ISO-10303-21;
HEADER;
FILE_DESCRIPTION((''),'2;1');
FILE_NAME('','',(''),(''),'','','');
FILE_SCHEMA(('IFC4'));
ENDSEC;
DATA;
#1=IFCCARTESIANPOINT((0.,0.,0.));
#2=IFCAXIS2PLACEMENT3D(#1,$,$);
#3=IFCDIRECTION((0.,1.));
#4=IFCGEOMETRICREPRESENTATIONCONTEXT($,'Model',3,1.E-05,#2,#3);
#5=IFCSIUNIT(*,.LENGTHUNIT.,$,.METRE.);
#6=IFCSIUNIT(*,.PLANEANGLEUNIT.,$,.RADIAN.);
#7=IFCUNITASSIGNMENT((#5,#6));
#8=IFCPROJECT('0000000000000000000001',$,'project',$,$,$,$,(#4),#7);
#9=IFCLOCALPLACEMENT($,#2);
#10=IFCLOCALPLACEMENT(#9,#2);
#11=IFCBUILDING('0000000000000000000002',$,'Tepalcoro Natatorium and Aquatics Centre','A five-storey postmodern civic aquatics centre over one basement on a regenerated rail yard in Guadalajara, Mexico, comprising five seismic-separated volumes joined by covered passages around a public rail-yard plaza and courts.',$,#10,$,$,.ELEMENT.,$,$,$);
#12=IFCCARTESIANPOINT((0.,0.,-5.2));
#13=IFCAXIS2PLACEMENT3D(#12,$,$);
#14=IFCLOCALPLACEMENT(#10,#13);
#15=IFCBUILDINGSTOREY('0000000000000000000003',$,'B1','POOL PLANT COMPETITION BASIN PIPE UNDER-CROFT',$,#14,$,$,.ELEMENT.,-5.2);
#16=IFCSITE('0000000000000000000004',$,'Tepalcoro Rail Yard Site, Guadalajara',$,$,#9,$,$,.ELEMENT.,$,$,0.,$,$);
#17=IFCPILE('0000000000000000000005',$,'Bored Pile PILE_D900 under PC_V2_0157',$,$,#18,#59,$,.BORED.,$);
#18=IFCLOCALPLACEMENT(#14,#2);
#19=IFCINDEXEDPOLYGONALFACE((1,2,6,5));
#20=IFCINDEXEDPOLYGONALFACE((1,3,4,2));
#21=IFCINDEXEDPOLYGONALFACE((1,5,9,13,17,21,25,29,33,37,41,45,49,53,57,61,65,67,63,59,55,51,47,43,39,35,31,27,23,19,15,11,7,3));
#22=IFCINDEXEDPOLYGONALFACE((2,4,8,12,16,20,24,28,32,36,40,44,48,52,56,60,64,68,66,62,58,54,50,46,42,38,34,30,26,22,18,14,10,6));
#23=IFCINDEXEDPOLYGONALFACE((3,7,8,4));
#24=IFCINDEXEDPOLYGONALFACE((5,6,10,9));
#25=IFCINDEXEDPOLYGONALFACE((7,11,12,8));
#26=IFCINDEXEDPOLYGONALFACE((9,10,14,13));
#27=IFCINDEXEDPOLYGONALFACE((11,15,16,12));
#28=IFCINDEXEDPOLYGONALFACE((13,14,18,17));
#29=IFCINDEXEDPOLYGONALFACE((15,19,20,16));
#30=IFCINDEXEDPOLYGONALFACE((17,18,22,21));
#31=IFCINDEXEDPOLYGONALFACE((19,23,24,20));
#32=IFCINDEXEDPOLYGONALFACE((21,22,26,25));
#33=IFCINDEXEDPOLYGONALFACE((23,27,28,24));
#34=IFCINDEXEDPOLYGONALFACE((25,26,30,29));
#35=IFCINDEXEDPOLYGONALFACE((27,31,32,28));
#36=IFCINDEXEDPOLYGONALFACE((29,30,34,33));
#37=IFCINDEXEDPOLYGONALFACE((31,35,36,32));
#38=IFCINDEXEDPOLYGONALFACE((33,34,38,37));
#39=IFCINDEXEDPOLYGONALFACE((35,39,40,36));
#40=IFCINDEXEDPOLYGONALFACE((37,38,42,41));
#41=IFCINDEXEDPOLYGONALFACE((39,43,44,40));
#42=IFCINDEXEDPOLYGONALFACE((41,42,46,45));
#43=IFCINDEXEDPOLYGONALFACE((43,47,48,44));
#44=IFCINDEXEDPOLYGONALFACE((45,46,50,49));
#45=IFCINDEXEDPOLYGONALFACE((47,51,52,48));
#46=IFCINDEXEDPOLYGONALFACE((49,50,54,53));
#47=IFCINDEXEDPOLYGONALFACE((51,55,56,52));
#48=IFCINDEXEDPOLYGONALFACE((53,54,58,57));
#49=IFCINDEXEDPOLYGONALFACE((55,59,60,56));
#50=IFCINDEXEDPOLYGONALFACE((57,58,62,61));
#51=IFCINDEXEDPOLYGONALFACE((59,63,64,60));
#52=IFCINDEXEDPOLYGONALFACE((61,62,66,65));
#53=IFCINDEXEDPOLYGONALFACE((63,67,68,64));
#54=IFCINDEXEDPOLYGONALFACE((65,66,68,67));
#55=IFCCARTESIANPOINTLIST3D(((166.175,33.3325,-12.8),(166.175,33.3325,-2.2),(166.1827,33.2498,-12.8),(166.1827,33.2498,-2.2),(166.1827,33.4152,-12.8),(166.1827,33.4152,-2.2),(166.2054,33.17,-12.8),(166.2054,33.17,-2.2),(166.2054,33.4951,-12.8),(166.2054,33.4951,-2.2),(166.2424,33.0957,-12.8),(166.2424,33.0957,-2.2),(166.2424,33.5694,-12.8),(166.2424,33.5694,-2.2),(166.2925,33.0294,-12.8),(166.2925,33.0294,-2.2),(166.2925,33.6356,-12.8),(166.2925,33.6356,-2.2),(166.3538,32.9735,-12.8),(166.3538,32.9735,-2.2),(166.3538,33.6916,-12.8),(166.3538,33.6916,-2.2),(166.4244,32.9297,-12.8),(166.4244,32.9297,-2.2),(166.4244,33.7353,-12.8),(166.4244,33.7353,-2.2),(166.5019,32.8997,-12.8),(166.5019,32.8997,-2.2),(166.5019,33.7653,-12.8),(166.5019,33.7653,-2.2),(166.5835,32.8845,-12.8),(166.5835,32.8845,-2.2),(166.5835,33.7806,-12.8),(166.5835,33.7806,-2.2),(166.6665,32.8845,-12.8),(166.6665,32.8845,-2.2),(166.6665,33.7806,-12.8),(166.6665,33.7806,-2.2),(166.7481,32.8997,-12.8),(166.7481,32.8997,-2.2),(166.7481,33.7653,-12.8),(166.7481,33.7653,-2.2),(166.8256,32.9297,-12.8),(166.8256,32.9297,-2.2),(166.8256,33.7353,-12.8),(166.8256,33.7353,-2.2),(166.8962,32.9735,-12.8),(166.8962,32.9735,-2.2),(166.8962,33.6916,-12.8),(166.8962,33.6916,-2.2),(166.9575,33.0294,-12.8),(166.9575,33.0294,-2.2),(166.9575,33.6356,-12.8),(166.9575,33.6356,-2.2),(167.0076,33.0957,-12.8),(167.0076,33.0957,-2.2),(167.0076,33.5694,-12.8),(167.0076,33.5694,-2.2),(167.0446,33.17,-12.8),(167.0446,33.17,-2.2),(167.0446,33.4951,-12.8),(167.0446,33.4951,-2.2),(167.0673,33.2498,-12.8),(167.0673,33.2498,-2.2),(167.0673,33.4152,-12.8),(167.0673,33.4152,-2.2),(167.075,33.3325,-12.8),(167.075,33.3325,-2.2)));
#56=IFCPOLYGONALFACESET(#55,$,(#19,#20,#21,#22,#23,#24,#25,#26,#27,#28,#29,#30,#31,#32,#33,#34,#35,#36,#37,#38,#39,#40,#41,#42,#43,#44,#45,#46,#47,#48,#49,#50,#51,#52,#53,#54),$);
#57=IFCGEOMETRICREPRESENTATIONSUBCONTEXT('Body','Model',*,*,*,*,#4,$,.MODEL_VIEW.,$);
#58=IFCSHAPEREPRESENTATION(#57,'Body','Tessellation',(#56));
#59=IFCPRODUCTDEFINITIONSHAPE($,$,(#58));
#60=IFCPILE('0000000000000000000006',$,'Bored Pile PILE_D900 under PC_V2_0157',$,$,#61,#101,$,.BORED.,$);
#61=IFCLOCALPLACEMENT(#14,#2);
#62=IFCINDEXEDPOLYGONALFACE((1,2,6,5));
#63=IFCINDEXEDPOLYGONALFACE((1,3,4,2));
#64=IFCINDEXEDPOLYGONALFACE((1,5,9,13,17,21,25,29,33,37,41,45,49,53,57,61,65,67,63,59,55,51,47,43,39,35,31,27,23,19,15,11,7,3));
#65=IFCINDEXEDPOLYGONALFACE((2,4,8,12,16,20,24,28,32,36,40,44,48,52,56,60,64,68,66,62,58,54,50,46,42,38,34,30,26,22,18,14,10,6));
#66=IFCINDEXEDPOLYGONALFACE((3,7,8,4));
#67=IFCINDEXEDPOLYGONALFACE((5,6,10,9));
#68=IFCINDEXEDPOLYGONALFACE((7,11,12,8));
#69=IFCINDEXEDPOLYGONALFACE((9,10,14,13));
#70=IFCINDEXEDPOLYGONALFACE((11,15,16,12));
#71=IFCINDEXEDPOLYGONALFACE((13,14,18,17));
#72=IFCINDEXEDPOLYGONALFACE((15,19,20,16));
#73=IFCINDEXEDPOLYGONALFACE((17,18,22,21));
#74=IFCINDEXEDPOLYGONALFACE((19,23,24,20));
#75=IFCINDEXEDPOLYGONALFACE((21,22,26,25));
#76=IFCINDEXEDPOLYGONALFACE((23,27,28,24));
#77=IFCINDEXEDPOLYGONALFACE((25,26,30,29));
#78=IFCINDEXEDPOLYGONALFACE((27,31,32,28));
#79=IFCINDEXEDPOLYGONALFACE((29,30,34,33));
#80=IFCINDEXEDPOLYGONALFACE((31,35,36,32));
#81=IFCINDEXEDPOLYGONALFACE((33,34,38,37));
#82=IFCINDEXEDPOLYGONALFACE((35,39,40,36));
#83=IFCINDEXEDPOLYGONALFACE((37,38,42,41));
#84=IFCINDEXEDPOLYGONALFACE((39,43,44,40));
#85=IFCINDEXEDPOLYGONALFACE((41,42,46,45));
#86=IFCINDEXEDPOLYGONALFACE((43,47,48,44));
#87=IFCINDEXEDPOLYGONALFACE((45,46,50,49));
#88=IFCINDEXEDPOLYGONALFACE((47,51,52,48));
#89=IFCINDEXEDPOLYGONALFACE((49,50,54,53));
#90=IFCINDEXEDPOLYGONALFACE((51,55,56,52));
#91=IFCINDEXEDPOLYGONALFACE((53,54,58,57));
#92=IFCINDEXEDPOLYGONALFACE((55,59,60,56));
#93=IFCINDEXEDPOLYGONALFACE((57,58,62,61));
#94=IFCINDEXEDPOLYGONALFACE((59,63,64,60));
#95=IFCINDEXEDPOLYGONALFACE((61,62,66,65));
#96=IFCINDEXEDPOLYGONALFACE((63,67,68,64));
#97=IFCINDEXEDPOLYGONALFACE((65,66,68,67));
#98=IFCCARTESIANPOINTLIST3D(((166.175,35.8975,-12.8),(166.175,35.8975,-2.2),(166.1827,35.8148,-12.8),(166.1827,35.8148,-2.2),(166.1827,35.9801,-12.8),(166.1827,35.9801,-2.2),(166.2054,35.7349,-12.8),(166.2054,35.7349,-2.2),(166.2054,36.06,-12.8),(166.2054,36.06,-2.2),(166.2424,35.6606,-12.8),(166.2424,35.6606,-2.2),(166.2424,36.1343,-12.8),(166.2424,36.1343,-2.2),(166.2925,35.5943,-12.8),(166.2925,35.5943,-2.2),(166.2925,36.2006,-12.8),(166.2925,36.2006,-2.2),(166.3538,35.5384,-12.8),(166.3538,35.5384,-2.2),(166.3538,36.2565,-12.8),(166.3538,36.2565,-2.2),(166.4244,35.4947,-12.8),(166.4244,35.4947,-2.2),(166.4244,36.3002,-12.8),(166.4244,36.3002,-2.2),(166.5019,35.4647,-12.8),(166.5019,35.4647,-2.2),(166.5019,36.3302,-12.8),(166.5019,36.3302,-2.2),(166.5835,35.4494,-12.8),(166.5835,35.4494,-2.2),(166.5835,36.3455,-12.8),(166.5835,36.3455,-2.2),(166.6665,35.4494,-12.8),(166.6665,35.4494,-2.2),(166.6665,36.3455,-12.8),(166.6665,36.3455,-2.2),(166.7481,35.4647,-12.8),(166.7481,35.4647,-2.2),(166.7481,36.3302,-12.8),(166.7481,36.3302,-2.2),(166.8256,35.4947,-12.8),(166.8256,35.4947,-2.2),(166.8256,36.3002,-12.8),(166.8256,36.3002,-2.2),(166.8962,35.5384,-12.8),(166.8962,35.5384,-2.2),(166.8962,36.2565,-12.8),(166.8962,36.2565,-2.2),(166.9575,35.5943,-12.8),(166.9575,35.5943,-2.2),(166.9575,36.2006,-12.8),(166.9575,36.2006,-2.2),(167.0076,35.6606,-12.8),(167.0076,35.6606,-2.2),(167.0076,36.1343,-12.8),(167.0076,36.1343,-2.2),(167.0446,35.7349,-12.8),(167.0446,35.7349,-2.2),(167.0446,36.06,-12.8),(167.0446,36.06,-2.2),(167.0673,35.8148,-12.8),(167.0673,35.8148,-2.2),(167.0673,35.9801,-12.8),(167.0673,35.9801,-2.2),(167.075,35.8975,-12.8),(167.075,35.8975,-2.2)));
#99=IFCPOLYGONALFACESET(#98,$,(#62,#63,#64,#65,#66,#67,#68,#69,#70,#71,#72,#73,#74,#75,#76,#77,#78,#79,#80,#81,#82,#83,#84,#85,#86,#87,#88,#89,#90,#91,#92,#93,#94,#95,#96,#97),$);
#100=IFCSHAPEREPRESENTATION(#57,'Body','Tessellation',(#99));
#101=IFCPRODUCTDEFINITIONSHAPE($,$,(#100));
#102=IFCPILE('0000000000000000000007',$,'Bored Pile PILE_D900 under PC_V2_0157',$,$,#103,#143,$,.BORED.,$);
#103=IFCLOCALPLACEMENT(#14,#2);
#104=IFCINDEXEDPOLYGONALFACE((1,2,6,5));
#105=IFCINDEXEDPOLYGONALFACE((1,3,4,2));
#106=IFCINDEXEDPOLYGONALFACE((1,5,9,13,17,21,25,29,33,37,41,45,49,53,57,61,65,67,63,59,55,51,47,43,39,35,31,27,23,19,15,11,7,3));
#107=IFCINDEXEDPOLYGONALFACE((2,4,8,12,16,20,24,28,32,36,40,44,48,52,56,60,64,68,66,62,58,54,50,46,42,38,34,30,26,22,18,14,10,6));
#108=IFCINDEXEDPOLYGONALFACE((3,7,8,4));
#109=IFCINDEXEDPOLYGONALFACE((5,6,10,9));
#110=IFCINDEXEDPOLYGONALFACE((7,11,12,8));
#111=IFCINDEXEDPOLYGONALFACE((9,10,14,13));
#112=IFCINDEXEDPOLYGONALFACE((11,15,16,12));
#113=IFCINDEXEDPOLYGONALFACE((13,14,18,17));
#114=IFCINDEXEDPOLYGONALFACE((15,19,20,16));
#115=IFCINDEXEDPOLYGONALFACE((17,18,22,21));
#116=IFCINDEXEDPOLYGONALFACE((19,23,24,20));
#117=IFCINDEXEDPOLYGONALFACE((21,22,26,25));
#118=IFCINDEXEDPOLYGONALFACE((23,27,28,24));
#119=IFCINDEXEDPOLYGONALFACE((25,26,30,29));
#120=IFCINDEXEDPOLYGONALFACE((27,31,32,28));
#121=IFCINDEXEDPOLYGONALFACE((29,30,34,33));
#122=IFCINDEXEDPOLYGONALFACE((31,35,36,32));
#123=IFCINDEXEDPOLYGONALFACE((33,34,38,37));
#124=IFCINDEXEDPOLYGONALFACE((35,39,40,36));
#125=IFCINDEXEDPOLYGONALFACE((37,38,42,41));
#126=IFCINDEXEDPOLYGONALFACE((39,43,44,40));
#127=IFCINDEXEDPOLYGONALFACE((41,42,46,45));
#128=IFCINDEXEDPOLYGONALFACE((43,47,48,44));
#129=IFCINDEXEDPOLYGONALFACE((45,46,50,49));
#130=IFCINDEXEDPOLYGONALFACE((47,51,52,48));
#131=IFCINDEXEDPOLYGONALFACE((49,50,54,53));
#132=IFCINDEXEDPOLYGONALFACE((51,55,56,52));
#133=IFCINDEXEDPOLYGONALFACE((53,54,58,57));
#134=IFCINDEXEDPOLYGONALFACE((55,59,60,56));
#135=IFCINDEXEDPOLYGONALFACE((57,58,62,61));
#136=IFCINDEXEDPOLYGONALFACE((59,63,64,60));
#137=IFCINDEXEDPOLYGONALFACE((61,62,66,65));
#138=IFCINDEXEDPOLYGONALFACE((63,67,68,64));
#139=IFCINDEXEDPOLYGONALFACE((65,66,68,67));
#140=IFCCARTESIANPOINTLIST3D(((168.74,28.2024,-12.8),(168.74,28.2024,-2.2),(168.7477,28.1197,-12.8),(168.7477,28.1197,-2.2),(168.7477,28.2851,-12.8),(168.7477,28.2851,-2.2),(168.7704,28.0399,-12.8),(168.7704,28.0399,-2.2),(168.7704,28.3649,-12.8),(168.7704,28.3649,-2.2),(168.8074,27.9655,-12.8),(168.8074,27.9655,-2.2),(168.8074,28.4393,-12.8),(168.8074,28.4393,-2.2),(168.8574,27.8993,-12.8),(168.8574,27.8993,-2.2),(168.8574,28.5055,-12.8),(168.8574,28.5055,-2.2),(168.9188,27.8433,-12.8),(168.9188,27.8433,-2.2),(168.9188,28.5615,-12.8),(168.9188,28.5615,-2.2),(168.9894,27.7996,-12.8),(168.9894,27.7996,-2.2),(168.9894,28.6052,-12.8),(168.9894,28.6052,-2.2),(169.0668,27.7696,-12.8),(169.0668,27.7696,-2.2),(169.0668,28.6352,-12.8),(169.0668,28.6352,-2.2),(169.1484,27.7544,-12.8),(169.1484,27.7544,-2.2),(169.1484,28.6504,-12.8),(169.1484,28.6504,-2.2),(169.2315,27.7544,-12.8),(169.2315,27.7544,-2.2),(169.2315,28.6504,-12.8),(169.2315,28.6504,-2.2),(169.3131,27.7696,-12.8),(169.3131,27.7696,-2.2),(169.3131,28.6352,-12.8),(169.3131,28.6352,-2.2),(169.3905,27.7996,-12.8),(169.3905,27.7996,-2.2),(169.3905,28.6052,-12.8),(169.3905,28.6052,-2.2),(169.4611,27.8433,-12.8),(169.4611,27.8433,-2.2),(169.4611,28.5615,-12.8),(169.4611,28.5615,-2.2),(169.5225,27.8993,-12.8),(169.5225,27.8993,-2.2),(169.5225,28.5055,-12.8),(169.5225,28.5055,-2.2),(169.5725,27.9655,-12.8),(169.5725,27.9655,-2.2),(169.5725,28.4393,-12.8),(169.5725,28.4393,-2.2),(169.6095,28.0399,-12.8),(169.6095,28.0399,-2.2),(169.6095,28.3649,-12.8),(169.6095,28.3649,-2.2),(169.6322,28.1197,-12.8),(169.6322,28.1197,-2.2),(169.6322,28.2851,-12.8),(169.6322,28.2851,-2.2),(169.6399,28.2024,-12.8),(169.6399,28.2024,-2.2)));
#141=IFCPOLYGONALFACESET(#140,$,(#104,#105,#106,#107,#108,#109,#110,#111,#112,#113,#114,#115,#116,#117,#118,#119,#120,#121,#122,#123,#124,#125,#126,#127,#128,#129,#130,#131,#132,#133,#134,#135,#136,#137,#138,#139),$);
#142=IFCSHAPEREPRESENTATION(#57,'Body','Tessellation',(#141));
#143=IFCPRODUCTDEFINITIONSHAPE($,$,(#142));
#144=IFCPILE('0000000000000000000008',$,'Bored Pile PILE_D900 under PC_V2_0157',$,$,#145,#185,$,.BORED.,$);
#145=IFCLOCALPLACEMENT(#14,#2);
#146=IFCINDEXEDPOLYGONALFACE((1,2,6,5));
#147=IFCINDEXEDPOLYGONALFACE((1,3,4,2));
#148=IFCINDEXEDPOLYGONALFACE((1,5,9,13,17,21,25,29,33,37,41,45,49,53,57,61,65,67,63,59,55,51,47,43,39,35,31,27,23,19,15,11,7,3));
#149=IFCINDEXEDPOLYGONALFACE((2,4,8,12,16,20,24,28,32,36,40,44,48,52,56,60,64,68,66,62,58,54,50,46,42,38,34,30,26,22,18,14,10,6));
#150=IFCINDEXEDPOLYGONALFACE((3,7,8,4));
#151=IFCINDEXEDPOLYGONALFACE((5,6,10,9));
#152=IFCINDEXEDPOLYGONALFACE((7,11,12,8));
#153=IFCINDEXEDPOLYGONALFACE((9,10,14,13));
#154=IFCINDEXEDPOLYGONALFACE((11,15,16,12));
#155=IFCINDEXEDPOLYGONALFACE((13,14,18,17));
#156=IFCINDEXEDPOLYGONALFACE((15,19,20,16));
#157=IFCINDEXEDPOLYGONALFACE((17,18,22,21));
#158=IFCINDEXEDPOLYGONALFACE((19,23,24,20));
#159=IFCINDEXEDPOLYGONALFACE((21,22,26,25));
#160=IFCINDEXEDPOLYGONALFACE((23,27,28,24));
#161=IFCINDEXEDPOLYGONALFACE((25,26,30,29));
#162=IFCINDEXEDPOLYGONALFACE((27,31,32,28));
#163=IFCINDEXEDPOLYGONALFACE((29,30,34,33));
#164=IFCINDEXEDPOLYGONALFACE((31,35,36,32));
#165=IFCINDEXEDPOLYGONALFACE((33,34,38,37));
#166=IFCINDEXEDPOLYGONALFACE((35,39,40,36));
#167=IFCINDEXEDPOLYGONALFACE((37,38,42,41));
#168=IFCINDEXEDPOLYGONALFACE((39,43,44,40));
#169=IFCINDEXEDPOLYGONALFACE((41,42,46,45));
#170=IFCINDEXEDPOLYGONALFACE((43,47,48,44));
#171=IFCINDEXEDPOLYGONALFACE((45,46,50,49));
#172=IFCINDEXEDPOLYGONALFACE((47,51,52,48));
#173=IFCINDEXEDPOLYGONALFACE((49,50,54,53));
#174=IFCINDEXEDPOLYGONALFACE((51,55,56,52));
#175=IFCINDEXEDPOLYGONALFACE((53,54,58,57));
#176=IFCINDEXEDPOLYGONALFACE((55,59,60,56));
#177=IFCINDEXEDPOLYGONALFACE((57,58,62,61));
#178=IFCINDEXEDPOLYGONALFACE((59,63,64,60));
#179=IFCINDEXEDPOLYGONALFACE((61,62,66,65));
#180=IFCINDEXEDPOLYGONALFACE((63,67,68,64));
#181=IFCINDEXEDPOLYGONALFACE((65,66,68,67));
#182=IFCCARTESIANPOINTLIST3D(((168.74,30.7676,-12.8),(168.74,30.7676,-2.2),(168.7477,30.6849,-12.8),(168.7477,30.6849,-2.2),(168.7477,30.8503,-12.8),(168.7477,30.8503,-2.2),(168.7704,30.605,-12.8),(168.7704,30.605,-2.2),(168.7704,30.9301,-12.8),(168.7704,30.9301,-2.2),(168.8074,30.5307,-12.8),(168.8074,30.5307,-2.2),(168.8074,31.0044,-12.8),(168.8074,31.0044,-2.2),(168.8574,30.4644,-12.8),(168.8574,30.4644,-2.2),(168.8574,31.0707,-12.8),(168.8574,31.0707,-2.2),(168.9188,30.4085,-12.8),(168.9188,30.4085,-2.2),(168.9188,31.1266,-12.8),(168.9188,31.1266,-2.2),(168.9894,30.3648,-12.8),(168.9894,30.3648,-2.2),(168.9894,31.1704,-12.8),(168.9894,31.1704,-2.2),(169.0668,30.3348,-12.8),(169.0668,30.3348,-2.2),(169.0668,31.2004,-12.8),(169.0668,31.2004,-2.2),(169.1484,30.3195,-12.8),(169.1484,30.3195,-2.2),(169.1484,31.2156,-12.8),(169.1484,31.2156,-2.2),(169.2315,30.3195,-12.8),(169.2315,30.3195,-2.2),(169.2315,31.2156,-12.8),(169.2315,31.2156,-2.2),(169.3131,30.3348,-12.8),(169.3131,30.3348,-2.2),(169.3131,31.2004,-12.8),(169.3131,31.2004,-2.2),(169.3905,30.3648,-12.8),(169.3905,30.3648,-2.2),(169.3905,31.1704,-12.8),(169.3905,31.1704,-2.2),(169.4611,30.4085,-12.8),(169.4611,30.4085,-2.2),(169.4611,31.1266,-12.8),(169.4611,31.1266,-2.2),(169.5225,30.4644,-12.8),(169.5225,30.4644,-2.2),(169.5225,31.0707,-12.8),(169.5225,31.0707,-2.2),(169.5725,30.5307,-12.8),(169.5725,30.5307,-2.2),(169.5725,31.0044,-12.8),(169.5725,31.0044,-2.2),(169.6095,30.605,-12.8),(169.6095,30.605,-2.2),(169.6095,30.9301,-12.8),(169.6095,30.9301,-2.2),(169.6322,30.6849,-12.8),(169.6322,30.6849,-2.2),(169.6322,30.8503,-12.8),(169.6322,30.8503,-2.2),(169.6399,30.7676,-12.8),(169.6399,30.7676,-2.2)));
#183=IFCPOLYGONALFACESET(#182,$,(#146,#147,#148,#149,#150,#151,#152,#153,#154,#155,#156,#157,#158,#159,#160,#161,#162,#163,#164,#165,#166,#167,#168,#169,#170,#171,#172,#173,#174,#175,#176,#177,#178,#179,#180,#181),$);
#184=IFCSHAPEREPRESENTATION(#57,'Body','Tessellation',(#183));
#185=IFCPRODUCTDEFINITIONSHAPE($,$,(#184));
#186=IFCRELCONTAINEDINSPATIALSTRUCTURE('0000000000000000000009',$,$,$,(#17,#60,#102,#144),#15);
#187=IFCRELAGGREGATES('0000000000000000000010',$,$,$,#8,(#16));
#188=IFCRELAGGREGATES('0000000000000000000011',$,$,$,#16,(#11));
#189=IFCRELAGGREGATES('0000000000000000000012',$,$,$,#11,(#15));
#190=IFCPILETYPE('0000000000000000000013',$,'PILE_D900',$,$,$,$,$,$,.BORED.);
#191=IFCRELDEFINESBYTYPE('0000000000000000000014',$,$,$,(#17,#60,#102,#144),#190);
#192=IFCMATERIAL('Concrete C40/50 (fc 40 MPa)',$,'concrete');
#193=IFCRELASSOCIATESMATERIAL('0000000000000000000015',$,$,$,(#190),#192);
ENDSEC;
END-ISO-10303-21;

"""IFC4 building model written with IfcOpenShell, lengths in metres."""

from ifc_helpers import new_model, si_unit, direction, frame, origin, origin_2d, place, context, subcontext, project, spatial, circle, extrude, material, material_profile, profile_set, type_object, element, save


model = new_model("IFC4")

# Units and contexts
model_context = context("Model", 3, precision=1e-05, world=origin(), true_north=direction((0.0, 1.0)))
body_context = subcontext(model_context, "Body", "Model", "MODEL_VIEW")
ifc_project = project(units=[si_unit("LENGTHUNIT", "METRE"), si_unit("PLANEANGLEUNIT", "RADIAN")], contexts=[model_context])

# Site, building, storey
site_placement = place(None, origin())
site = spatial("IfcSite", under=ifc_project, at=site_placement, Name="Tepalcoro Rail Yard Site, Guadalajara", CompositionType="ELEMENT", RefElevation=0.0)
building_placement = place(site_placement, origin())
building = spatial("IfcBuilding", under=site, at=building_placement, Name="Tepalcoro Natatorium and Aquatics Centre", Description="A five-storey postmodern civic aquatics centre over one basement on a regenerated rail yard in Guadalajara, Mexico, comprising five seismic-separated volumes joined by covered passages around a public rail-yard plaza and courts.", CompositionType="ELEMENT")
storey_placement = place(building_placement, frame((0.0, 0.0, -5.2)))
storey = spatial("IfcBuildingStorey", under=building, at=storey_placement, Name="B1", Description="POOL PLANT COMPETITION BASIN PIPE UNDER-CROFT", CompositionType="ELEMENT", Elevation=-5.2)

# Piles
ifc_material_1 = material(Name="Concrete C40/50 (fc 40 MPa)", Category="concrete")
ifc_material_profile_1 = material_profile(ifc_material_1, circle(Radius=0.45, at=origin_2d()), Name="PILE_D900")
ifc_profile_set_1 = profile_set([ifc_material_profile_1], Name="Concrete C40/50 (fc 40 MPa)")
pile_type_1 = type_object("IfcPileType", Name="PILE_D900", PredefinedType="BORED", material=ifc_profile_set_1)
for number, where, z_axis, x_axis, name in (
    (1, (166.625, 33.3325, -2.2), (0.0, 0.0, -1.0), (1.0, 0.0, 0.0), "Bored Pile PILE_D900 under PC_V2_0157"),
    (2, (166.625, 35.8975, -2.2), (0.0, 0.0, -1.0), (1.0, 0.0, 0.0), "Bored Pile PILE_D900 under PC_V2_0157"),
    (3, (169.1899, 28.2024, -2.2), (0.0, 0.0, -1.0), (1.0, 0.0, 0.0), "Bored Pile PILE_D900 under PC_V2_0157"),
    (4, (169.1899, 30.7676, -2.2), (0.0, 0.0, -1.0), (1.0, 0.0, 0.0), "Bored Pile PILE_D900 under PC_V2_0157"),
):
    element("IfcPile", number, at=place(storey_placement, frame(where, z_axis=z_axis, x_axis=x_axis)), inside=storey, type_object=pile_type_1, Name=name, PredefinedType="BORED", context=body_context, shape_type="SweptSolid", body=[
        extrude(circle(Radius=0.45, at=origin_2d()), origin(), (0.0, 0.0, 1.0), 10.6001),
    ])

save(model, "model.ifc")
